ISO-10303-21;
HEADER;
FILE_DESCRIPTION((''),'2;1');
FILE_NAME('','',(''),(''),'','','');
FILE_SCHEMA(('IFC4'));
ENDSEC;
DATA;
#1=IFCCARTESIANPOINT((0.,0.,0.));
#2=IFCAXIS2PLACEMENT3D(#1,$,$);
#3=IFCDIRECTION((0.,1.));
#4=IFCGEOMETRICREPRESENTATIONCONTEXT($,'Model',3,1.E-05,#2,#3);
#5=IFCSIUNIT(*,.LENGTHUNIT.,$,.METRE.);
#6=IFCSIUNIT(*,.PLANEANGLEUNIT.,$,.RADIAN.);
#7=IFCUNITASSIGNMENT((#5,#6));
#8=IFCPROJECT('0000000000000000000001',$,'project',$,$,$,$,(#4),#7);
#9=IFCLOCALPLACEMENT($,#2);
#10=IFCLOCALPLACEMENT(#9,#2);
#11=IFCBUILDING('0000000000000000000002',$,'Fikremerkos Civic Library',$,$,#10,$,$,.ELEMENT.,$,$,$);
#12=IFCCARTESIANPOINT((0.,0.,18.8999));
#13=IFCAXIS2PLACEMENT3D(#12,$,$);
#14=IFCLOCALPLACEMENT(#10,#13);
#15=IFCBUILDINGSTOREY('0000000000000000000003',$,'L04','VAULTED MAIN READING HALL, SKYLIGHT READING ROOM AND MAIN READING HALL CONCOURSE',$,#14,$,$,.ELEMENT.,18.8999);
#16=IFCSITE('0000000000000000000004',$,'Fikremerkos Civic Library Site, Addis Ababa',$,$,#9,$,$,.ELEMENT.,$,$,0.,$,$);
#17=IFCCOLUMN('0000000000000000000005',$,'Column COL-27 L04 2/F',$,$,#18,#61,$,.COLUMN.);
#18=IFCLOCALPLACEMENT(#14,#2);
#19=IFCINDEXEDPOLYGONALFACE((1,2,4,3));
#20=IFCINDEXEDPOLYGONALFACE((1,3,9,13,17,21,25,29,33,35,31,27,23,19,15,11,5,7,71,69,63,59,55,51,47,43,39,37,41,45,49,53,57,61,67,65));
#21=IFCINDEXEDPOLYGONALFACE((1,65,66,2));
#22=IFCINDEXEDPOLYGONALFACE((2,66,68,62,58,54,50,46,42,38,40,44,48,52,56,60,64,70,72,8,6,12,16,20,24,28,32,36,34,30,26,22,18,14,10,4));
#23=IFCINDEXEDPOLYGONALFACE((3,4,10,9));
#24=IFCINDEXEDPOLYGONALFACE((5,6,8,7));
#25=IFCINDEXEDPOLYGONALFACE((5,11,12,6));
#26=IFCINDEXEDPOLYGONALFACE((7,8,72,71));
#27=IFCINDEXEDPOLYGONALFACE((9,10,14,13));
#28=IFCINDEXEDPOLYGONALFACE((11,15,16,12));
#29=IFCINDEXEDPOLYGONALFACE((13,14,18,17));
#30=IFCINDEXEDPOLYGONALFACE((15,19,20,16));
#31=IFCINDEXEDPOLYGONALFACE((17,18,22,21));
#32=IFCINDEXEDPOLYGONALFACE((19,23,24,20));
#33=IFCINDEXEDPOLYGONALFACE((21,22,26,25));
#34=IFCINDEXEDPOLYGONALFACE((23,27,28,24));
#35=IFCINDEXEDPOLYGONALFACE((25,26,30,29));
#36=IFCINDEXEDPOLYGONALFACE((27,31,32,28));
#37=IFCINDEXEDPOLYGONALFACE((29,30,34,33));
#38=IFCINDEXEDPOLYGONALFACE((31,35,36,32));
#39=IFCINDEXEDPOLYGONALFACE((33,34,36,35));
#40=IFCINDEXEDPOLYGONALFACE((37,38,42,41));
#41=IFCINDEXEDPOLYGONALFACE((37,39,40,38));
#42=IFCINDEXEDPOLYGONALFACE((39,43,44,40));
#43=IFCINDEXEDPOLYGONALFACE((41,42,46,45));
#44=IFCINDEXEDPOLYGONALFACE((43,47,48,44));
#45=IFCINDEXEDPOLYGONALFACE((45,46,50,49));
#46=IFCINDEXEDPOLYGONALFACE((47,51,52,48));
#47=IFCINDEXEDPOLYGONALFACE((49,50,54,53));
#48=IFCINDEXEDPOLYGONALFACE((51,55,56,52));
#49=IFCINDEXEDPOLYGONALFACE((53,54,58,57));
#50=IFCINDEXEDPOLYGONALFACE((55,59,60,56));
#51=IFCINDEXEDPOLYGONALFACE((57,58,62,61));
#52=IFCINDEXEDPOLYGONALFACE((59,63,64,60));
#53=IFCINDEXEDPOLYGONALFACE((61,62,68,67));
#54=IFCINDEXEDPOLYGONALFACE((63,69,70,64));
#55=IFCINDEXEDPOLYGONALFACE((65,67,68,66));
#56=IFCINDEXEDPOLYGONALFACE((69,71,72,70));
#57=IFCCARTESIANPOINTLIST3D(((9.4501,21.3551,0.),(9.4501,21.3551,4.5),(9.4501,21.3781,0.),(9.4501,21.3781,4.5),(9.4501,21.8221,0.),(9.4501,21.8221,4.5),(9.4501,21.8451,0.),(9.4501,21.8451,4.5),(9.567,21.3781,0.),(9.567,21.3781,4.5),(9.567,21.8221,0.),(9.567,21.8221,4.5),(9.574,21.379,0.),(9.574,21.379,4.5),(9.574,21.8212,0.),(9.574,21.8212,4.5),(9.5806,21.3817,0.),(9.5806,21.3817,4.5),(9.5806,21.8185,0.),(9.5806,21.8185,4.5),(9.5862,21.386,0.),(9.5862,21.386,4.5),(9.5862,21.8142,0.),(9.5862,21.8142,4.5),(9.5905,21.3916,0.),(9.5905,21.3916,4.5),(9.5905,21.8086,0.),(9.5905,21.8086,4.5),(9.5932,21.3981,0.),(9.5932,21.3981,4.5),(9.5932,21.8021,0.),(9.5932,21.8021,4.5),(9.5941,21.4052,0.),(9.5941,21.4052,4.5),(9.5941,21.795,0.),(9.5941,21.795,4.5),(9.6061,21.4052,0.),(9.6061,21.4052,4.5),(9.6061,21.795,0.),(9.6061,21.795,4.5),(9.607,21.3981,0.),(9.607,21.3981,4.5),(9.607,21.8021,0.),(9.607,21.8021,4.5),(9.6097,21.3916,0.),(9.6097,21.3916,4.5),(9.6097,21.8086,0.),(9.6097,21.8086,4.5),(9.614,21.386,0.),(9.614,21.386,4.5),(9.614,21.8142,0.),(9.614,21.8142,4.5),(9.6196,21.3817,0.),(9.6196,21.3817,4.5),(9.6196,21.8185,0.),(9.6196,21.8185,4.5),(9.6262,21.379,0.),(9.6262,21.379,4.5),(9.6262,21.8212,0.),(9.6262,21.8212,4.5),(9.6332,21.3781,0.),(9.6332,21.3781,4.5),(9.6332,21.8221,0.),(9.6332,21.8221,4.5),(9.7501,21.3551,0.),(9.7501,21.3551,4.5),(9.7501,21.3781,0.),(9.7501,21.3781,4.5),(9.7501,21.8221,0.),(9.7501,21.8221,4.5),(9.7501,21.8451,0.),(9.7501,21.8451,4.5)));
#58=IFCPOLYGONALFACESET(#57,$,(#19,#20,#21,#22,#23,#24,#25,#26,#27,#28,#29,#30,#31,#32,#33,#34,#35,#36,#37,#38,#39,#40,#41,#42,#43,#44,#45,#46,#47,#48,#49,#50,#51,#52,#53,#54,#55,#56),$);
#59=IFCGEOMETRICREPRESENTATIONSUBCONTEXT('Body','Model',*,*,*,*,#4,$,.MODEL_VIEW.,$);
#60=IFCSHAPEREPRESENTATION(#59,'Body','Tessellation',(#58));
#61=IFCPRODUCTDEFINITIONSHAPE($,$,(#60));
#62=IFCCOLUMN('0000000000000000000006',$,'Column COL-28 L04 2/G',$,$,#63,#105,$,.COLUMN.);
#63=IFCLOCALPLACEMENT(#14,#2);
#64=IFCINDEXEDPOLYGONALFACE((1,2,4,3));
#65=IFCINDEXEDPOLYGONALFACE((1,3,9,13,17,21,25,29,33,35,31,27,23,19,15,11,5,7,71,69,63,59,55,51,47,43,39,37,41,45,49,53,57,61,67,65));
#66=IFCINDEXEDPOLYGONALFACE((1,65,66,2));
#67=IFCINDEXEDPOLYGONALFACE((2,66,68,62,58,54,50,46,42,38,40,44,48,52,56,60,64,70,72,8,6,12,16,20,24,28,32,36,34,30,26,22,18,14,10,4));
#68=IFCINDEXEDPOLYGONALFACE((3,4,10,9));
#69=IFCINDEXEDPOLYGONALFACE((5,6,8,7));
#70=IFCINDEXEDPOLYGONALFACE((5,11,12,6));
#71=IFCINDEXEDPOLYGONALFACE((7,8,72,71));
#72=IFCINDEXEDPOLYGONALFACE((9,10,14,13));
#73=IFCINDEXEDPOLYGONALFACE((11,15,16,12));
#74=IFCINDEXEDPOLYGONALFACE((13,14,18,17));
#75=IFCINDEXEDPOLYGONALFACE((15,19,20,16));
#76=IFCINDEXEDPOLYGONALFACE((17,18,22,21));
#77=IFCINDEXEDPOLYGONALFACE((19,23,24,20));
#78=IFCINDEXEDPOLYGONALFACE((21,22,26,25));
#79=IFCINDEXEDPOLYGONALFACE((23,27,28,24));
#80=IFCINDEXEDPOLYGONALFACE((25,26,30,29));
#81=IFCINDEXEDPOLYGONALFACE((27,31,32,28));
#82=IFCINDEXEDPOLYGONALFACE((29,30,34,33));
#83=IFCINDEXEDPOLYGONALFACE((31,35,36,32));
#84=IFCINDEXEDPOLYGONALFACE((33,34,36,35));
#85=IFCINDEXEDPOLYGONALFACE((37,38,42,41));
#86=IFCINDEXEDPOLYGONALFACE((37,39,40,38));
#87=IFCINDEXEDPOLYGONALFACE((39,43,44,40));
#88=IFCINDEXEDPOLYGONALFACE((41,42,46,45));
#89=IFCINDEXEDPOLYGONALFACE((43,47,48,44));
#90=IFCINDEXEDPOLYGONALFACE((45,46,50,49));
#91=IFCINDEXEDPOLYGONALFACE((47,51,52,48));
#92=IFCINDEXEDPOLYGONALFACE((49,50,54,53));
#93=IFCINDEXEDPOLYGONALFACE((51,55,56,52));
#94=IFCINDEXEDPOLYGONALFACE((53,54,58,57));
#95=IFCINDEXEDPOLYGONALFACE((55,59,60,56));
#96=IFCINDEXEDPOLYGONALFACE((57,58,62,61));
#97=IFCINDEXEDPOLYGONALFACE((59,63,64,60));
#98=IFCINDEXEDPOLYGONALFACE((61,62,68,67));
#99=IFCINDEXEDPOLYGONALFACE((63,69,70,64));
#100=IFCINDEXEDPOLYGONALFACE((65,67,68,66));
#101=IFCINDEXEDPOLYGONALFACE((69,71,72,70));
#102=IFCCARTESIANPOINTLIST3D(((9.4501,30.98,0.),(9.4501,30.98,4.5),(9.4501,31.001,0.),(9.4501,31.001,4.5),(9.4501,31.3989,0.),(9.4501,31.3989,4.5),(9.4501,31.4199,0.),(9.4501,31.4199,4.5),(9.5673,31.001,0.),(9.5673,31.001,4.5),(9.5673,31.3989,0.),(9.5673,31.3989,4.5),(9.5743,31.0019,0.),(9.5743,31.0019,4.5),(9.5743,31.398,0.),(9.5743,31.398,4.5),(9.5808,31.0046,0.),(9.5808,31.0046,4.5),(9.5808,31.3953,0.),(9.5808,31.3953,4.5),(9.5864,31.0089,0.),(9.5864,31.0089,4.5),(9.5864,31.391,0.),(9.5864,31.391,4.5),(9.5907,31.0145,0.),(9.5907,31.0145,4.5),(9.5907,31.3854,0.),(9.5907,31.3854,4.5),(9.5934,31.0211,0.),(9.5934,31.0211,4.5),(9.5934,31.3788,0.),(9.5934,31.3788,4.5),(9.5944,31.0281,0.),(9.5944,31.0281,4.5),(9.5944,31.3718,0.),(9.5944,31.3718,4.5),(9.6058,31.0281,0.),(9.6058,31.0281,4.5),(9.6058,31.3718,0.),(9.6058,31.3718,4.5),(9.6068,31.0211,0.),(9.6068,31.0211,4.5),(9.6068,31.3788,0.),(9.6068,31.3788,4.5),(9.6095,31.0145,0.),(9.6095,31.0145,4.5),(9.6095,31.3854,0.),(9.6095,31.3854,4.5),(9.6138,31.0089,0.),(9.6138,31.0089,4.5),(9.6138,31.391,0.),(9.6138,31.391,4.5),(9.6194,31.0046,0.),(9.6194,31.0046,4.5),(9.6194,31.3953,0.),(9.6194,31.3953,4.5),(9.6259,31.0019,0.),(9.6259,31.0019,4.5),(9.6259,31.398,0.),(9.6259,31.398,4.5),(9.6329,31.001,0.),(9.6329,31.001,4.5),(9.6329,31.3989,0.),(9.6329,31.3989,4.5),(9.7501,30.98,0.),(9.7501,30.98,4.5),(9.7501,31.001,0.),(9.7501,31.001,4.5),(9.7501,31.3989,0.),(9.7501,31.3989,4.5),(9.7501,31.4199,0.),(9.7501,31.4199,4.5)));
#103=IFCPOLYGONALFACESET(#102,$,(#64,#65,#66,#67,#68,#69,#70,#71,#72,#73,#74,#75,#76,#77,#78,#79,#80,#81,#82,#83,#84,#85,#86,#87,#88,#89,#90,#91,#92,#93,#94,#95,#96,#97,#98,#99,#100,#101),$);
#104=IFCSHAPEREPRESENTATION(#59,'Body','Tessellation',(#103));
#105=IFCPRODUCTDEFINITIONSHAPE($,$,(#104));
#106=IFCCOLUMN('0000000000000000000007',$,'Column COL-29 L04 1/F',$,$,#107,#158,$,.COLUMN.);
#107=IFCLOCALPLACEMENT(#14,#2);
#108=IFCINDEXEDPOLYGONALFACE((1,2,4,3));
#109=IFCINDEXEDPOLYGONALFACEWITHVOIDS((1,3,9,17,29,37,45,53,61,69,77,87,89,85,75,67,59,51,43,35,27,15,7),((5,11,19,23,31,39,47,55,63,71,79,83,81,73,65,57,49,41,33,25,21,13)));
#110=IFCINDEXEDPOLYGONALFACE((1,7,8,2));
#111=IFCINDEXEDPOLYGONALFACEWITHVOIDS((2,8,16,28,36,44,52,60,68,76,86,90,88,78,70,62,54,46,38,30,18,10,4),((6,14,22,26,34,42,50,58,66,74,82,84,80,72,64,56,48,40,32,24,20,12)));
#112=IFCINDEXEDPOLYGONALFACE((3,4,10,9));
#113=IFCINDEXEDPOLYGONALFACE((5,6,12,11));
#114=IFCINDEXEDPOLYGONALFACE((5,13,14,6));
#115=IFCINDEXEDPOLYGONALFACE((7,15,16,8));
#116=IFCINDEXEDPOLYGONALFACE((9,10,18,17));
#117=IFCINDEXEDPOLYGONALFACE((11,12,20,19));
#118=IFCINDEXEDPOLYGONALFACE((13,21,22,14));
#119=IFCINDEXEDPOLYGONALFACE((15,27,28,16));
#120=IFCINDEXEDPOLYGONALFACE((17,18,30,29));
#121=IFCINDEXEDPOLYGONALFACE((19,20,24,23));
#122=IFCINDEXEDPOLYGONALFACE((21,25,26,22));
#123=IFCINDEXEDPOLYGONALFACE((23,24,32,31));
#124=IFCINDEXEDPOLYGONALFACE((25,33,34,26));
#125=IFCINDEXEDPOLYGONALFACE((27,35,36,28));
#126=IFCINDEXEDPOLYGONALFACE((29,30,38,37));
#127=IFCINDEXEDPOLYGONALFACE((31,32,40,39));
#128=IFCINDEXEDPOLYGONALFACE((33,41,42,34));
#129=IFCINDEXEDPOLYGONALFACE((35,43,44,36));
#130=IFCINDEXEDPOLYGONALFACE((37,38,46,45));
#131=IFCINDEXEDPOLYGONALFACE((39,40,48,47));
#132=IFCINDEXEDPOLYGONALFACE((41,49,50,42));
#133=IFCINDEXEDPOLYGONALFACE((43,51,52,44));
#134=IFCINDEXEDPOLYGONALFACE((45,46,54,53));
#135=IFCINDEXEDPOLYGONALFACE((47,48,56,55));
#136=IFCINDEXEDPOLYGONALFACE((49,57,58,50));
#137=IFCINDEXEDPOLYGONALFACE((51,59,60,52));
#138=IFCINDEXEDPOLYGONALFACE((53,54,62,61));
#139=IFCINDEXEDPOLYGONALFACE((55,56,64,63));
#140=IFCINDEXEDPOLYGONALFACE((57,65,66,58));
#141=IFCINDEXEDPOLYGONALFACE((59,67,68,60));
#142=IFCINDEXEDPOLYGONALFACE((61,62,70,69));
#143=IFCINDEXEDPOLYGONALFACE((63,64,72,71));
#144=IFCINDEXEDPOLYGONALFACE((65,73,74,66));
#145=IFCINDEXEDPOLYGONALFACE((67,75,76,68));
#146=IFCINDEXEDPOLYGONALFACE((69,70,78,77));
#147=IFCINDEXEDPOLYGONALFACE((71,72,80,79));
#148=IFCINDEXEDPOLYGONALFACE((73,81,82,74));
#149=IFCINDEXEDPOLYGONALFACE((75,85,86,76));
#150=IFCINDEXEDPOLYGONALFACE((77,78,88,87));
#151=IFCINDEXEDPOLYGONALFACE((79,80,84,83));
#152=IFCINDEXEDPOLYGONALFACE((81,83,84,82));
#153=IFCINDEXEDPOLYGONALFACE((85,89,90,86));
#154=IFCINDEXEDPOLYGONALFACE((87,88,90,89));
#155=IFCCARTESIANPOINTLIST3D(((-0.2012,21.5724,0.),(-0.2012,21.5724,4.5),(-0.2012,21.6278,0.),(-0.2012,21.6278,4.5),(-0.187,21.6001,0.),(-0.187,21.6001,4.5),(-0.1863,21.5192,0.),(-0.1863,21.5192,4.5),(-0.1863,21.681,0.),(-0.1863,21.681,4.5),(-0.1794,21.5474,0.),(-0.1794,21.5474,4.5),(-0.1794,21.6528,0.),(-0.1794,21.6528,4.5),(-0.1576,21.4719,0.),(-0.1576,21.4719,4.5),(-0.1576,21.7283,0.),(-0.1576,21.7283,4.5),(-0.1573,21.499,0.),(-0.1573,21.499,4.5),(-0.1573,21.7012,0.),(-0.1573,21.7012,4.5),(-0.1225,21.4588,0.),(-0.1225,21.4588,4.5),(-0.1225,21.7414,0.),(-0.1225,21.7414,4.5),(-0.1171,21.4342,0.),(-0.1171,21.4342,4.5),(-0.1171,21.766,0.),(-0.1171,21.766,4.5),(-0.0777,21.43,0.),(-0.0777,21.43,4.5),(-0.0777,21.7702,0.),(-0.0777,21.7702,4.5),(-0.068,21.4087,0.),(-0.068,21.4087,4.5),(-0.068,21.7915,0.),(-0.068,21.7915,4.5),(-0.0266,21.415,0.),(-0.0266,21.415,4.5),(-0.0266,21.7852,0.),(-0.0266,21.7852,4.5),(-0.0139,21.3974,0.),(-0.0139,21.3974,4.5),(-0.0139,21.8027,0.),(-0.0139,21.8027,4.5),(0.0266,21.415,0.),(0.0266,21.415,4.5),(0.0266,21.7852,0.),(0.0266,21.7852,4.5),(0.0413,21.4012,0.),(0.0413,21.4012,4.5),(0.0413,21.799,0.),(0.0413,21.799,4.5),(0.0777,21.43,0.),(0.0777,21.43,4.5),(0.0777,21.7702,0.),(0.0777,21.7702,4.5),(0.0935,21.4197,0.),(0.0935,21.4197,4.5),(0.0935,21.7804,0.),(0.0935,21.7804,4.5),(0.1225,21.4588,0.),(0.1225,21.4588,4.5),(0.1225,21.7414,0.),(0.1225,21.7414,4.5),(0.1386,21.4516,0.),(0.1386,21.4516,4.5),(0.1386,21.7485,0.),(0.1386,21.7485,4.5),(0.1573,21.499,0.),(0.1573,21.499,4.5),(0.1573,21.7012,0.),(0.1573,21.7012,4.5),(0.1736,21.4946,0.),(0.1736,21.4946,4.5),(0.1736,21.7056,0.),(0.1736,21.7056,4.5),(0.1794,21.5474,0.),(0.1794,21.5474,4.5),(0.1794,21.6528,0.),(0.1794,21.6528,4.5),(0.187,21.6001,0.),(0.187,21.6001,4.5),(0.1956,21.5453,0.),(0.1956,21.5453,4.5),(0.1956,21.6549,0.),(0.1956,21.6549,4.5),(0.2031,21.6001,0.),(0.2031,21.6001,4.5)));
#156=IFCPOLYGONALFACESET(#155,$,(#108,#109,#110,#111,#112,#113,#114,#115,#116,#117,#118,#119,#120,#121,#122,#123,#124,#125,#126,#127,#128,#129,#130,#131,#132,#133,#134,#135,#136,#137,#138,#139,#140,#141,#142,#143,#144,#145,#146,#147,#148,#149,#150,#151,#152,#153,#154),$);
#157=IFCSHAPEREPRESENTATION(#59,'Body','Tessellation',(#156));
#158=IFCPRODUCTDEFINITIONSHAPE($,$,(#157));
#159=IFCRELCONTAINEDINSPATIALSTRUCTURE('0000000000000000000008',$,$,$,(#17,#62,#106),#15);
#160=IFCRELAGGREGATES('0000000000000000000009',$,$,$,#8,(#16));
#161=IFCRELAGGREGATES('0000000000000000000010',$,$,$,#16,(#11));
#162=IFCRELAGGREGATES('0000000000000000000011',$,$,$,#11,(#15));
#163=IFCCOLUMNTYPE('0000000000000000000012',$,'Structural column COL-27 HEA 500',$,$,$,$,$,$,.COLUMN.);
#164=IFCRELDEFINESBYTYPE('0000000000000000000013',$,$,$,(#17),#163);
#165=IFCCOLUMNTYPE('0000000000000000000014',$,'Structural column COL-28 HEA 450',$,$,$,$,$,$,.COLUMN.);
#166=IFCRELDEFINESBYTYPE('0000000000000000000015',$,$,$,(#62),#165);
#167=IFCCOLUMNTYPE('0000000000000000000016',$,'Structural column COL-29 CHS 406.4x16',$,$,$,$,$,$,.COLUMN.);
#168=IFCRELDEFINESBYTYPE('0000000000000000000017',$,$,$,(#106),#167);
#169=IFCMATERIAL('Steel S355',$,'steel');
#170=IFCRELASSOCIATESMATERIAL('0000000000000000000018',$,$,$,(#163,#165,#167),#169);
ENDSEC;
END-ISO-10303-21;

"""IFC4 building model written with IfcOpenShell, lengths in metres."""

from ifc_helpers import new_model, si_unit, direction, frame, origin, origin_2d, place, context, subcontext, project, spatial, hollow_circle, i_section, extrude, material, material_profile, profile_set, type_object, element, save


model = new_model("IFC4")

# Units and contexts
model_context = context("Model", 3, precision=1e-05, world=origin(), true_north=direction((0.0, 1.0)))
body_context = subcontext(model_context, "Body", "Model", "MODEL_VIEW")
ifc_project = project(units=[si_unit("LENGTHUNIT", "METRE"), si_unit("PLANEANGLEUNIT", "RADIAN")], contexts=[model_context])

# Site, building, storey
site_placement = place(None, origin())
site = spatial("IfcSite", under=ifc_project, at=site_placement, Name="Fikremerkos Civic Library Site, Addis Ababa", CompositionType="ELEMENT", RefElevation=0.0)
building_placement = place(site_placement, origin())
building = spatial("IfcBuilding", under=site, at=building_placement, Name="Fikremerkos Civic Library", CompositionType="ELEMENT")
storey_placement = place(building_placement, frame((0.0, 0.0, 18.8999)))
storey = spatial("IfcBuildingStorey", under=building, at=storey_placement, Name="L04", Description="VAULTED MAIN READING HALL, SKYLIGHT READING ROOM AND MAIN READING HALL CONCOURSE", CompositionType="ELEMENT", Elevation=18.8999)

# Columns
ifc_material_1 = material(Name="Steel S355", Category="steel")
ifc_material_profile_1 = material_profile(ifc_material_1, i_section(OverallWidth=0.3, OverallDepth=0.49, WebThickness=0.012, FlangeThickness=0.0229, FilletRadius=0.0271, at=origin_2d()), Name="HEA 500")
ifc_profile_set_1 = profile_set([ifc_material_profile_1], Name="Steel S355")
column_type_1 = type_object("IfcColumnType", Name="Structural column COL-27 HEA 500", PredefinedType="COLUMN", material=ifc_profile_set_1)
column_1_placement = place(storey_placement, frame((9.6001, 21.6001, 0.0), z_axis=(0.0, 0.0, 1.0), x_axis=(1.0, 0.0, 0.0)))
element("IfcColumn", 1, at=column_1_placement, inside=storey, type_object=column_type_1, Name="Column COL-27 L04 2/F", PredefinedType="COLUMN", context=body_context, shape_type="SweptSolid", body=[
    extrude(i_section(OverallWidth=0.3, OverallDepth=0.49, WebThickness=0.012, FlangeThickness=0.0229, FilletRadius=0.0271, at=origin_2d()), origin(), (0.0, 0.0, 1.0), 4.5),
])
ifc_material_profile_2 = material_profile(ifc_material_1, i_section(OverallWidth=0.3, OverallDepth=0.4399, WebThickness=0.0115, FlangeThickness=0.021, FilletRadius=0.0271, at=origin_2d()), Name="HEA 450")
ifc_profile_set_2 = profile_set([ifc_material_profile_2], Name="Steel S355")
column_type_2 = type_object("IfcColumnType", Name="Structural column COL-28 HEA 450", PredefinedType="COLUMN", material=ifc_profile_set_2)
column_2_placement = place(storey_placement, frame((9.6001, 31.2, 0.0), z_axis=(0.0, 0.0, 1.0), x_axis=(1.0, 0.0, 0.0)))
element("IfcColumn", 2, at=column_2_placement, inside=storey, type_object=column_type_2, Name="Column COL-28 L04 2/G", PredefinedType="COLUMN", context=body_context, shape_type="SweptSolid", body=[
    extrude(i_section(OverallWidth=0.3, OverallDepth=0.4399, WebThickness=0.0115, FlangeThickness=0.021, FilletRadius=0.0271, at=origin_2d()), origin(), (0.0, 0.0, 1.0), 4.5),
])
ifc_material_profile_3 = material_profile(ifc_material_1, hollow_circle(Radius=0.2031, WallThickness=0.0161, at=origin_2d()), Name="CHS 406.4x16")
ifc_profile_set_3 = profile_set([ifc_material_profile_3], Name="Steel S355")
column_type_3 = type_object("IfcColumnType", Name="Structural column COL-29 CHS 406.4x16", PredefinedType="COLUMN", material=ifc_profile_set_3)
column_3_placement = place(storey_placement, frame((0.0, 21.6001, 0.0), z_axis=(0.0, 0.0, 1.0), x_axis=(1.0, 0.0, 0.0)))
element("IfcColumn", 3, at=column_3_placement, inside=storey, type_object=column_type_3, Name="Column COL-29 L04 1/F", PredefinedType="COLUMN", context=body_context, shape_type="SweptSolid", body=[
    extrude(hollow_circle(Radius=0.2031, WallThickness=0.0161, at=origin_2d()), origin(), (0.0, 0.0, 1.0), 4.5),
])

save(model, "model.ifc")
